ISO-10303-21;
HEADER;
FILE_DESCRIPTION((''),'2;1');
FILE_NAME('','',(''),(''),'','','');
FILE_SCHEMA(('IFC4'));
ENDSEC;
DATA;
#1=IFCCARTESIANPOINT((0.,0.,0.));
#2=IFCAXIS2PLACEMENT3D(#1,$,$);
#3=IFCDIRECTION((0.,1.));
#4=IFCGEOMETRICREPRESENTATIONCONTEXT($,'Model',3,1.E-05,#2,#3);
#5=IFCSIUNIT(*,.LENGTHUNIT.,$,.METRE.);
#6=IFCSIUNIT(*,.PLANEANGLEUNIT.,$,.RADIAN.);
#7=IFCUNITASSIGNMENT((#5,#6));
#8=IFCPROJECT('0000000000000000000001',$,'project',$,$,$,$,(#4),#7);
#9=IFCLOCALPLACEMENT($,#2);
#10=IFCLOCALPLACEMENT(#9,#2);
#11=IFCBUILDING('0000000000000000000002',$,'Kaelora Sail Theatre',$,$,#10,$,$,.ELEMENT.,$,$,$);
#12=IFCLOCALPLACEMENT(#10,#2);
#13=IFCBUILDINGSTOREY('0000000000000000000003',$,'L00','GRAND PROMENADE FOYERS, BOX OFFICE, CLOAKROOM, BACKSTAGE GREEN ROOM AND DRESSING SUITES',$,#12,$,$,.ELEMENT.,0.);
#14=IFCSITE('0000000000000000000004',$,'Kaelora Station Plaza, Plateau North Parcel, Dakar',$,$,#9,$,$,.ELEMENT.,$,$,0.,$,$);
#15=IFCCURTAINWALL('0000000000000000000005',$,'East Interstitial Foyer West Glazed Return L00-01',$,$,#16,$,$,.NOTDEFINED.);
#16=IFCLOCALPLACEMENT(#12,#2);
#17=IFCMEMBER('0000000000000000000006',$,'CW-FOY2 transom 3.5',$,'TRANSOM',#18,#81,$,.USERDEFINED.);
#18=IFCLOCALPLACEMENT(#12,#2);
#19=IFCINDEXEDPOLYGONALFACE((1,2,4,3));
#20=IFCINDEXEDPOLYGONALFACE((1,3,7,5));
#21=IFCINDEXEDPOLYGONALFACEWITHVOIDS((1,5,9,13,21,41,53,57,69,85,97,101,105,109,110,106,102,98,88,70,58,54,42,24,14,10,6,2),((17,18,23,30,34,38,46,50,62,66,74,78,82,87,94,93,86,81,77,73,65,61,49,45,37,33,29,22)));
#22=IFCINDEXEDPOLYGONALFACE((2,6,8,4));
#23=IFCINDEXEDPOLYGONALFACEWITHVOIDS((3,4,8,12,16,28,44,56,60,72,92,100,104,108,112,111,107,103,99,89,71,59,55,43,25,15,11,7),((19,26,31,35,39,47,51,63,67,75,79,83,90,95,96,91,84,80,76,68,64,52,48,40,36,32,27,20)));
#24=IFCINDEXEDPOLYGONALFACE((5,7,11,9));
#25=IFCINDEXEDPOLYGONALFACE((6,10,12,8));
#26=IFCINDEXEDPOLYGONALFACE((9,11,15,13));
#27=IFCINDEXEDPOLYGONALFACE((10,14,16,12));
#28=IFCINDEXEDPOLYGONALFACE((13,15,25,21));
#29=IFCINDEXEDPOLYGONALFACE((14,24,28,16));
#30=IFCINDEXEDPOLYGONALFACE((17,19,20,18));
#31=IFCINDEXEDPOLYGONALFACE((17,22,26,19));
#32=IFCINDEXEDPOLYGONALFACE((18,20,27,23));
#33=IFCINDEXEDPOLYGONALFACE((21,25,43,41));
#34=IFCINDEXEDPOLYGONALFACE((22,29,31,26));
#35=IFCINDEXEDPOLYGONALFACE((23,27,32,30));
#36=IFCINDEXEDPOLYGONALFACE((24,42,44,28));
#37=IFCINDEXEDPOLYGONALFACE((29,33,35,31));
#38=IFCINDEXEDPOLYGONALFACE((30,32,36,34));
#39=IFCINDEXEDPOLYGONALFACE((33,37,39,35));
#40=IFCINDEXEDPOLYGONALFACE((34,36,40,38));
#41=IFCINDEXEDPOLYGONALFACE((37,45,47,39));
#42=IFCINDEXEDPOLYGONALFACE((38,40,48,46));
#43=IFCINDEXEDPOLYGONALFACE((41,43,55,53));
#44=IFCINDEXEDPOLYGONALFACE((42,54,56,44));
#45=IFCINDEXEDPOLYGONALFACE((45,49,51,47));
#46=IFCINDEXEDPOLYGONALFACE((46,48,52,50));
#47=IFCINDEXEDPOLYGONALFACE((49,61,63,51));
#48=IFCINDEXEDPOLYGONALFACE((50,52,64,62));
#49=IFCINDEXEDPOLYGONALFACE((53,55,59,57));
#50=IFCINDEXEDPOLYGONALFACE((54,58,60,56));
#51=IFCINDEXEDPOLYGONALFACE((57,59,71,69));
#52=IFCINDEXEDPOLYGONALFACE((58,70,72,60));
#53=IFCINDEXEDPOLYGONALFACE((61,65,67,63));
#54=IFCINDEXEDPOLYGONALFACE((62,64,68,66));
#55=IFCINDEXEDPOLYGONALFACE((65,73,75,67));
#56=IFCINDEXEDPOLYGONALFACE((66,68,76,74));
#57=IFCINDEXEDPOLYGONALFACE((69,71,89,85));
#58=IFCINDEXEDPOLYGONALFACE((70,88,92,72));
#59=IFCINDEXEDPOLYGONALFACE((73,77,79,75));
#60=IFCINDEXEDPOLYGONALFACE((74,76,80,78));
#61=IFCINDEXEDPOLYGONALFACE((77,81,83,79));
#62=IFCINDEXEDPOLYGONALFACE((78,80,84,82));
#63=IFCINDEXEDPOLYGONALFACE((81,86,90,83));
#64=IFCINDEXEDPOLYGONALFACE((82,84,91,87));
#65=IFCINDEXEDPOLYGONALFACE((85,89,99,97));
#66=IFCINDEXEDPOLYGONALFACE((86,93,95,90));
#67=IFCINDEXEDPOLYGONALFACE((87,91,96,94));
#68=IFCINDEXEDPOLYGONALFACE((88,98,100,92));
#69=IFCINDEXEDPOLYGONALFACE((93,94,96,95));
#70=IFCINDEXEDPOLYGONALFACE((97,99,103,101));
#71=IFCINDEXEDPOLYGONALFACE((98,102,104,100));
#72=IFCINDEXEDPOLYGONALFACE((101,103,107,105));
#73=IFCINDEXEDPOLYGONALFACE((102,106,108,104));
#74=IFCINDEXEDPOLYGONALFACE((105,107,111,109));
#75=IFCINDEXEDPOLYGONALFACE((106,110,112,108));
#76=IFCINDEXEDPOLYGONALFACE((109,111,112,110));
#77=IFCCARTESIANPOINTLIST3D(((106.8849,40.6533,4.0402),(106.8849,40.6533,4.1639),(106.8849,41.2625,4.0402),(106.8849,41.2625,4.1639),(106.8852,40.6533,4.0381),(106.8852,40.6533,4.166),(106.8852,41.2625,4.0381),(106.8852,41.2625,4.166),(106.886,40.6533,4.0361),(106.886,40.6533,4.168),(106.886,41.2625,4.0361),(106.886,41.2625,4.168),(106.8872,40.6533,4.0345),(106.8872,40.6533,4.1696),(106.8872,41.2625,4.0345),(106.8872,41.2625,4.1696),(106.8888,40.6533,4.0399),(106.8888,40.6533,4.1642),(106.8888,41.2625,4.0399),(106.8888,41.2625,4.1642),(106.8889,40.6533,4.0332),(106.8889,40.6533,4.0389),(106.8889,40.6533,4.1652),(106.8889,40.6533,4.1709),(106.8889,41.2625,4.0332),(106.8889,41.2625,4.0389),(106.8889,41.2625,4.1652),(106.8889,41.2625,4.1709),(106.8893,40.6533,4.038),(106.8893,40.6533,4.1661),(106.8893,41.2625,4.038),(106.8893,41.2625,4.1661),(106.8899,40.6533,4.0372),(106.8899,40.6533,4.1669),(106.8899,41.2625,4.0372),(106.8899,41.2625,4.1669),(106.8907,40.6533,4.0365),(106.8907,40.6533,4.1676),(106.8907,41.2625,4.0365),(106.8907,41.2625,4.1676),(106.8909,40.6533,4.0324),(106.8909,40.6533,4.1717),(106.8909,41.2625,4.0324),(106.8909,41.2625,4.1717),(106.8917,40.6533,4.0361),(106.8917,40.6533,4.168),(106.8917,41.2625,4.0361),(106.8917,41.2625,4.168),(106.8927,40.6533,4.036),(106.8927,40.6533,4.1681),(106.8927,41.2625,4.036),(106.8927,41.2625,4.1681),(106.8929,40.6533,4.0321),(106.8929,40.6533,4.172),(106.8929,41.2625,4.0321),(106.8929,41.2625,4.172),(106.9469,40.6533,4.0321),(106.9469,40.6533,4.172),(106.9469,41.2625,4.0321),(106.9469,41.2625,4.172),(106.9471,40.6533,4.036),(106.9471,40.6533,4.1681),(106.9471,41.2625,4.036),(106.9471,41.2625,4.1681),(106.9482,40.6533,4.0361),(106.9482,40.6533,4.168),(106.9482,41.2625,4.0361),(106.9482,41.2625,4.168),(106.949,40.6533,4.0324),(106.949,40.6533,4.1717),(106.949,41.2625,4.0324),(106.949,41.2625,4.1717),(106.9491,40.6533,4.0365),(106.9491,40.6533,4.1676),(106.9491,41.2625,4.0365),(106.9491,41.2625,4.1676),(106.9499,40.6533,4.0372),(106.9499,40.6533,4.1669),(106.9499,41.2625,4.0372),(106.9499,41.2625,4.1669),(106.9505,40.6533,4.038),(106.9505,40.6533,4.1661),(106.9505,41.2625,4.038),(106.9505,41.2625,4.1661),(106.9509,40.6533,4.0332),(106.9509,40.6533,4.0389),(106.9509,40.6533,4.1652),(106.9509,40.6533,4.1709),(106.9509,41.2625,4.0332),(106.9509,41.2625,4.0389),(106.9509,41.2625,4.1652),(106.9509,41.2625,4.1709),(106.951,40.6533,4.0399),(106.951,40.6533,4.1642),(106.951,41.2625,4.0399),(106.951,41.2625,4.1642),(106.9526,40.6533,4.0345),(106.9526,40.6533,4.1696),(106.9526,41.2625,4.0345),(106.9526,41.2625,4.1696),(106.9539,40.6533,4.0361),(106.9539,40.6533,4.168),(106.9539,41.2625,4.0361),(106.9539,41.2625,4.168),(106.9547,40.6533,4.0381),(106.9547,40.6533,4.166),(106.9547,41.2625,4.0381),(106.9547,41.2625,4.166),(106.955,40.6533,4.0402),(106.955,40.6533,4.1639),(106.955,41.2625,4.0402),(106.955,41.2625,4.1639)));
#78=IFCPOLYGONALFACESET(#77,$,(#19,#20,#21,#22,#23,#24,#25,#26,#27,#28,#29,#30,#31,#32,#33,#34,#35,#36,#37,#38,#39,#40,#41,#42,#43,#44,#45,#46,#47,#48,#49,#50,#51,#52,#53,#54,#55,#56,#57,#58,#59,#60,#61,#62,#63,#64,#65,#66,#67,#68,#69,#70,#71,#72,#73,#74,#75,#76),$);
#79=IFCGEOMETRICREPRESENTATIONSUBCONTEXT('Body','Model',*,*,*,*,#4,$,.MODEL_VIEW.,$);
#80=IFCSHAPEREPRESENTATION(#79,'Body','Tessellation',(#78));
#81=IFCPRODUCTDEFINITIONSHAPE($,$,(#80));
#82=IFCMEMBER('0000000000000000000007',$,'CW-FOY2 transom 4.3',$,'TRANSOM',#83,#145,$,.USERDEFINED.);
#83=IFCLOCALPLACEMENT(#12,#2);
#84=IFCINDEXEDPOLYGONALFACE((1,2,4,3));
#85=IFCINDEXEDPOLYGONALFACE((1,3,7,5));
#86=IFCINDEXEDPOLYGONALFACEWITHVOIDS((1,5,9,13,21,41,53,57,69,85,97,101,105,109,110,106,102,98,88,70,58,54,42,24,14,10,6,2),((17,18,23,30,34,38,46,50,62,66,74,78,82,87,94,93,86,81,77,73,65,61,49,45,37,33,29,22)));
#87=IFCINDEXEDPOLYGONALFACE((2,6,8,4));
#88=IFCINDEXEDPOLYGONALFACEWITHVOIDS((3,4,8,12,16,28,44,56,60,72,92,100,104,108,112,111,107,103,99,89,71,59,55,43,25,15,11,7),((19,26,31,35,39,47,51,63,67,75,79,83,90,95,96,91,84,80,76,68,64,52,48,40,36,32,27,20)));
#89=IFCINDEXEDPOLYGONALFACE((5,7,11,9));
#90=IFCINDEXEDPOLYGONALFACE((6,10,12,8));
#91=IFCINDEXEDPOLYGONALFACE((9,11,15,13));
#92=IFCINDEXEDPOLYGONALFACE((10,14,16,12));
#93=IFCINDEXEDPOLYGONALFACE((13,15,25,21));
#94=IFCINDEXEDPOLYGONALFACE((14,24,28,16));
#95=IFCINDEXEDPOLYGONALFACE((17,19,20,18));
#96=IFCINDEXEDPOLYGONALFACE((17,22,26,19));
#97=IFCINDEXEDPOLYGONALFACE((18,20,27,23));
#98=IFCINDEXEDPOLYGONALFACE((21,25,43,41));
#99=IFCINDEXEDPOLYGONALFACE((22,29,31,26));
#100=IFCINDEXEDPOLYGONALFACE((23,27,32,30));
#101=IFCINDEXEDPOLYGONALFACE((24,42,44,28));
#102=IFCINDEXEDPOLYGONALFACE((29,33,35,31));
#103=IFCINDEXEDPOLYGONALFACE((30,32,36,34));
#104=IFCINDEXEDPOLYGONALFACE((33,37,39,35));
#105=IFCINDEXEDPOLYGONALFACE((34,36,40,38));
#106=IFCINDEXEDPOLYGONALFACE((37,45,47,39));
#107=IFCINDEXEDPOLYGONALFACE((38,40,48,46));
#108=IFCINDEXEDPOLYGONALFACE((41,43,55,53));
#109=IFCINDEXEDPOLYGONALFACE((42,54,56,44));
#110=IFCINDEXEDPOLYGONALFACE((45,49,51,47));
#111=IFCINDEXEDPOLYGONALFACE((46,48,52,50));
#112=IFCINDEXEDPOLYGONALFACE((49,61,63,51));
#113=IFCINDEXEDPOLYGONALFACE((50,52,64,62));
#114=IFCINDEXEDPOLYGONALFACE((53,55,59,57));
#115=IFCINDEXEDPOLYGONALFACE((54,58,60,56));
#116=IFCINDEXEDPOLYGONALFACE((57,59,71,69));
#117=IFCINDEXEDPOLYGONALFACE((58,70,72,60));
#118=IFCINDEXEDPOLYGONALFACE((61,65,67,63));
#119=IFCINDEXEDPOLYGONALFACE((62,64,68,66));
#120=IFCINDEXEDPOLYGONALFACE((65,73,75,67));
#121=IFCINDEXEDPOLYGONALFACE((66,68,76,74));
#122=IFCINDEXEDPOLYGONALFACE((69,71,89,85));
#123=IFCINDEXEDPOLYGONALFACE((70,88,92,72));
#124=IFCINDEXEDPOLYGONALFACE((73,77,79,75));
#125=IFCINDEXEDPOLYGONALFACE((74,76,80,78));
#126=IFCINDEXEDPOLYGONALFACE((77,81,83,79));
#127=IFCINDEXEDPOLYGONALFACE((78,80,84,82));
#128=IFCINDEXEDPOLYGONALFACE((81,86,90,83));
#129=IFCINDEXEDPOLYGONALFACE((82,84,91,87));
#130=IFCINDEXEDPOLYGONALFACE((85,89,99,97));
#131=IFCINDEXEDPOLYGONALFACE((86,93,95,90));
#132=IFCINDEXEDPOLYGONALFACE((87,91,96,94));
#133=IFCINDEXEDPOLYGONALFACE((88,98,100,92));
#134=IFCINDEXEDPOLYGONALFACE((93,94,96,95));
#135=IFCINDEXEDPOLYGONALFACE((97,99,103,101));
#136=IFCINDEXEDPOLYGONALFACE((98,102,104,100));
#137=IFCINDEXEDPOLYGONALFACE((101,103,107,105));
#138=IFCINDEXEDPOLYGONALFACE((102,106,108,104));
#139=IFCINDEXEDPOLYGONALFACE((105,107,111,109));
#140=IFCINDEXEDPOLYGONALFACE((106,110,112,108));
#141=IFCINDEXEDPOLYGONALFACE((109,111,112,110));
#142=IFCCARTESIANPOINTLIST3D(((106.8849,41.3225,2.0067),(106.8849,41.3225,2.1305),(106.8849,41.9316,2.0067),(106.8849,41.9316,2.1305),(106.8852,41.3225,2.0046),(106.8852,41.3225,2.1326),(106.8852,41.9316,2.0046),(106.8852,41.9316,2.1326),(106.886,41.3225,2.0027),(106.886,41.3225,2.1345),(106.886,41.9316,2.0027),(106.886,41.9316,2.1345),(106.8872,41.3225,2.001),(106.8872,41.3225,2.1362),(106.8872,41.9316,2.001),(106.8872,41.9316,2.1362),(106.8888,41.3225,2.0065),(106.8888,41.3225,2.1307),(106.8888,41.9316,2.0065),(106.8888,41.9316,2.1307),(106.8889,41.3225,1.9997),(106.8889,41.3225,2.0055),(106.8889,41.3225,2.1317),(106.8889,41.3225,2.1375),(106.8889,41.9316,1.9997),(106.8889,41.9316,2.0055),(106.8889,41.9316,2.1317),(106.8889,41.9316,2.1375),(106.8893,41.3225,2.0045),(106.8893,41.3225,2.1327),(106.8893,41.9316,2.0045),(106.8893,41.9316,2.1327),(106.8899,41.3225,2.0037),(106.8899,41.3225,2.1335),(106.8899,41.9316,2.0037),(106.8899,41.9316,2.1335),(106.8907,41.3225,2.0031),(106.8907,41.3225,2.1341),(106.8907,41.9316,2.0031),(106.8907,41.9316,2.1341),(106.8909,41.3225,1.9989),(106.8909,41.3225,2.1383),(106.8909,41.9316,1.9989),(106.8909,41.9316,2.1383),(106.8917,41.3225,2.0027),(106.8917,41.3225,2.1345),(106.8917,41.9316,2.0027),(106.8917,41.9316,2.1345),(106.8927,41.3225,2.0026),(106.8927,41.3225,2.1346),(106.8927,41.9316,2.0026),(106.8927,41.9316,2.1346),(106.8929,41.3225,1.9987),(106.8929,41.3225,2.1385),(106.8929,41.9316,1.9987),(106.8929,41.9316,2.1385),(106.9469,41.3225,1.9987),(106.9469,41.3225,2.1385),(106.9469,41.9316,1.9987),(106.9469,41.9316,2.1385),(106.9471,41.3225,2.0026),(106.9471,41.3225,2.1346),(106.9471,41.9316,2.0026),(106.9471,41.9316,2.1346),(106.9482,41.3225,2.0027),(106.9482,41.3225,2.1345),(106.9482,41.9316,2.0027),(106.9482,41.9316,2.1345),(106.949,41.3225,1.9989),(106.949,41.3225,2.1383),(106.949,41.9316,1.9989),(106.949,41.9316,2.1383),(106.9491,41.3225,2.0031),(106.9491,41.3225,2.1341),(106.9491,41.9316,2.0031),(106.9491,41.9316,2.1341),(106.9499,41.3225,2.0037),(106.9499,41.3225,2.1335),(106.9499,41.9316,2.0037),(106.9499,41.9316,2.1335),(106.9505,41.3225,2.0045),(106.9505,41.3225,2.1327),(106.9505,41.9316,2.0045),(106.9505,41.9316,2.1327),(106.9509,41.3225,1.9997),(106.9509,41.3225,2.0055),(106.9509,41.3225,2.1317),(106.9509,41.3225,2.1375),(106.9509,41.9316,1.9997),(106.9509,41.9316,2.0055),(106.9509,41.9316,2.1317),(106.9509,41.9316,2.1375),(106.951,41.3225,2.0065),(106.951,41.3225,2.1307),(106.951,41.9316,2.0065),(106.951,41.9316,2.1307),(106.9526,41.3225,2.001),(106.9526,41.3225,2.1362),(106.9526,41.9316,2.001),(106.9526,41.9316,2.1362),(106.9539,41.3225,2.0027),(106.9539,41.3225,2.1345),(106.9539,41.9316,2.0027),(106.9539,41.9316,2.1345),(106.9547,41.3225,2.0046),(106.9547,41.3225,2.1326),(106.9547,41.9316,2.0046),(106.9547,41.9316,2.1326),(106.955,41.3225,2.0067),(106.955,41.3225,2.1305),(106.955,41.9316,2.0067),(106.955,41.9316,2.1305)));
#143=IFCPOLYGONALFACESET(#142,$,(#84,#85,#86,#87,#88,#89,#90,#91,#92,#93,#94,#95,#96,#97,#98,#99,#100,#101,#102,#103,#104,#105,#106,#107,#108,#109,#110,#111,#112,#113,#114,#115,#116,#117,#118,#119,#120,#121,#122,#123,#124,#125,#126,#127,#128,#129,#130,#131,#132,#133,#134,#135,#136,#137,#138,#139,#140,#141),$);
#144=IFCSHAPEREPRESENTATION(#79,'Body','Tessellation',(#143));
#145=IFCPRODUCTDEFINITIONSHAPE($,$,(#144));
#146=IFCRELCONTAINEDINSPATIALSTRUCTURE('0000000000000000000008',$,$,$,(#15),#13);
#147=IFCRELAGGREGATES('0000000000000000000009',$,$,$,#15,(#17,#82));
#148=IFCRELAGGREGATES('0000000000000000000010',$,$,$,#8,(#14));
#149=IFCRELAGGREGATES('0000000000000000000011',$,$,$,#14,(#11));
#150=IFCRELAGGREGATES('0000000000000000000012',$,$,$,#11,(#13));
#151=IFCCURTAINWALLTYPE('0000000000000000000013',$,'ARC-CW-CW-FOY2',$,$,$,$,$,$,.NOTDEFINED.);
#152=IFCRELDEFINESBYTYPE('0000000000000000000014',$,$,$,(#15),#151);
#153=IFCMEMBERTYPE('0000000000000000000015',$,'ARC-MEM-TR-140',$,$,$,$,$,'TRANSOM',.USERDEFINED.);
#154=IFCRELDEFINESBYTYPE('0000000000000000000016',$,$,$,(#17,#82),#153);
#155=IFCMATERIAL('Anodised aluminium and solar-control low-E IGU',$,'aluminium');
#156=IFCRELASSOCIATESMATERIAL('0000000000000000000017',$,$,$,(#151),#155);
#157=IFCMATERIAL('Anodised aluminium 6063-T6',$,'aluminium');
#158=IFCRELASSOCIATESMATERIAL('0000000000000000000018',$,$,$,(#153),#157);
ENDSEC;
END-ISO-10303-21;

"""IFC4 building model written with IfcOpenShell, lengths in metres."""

from ifc_helpers import new_model, si_unit, direction, frame, origin, origin_2d, place, context, subcontext, project, spatial, hollow_rectangle, extrude, material, material_profile, profile_set, type_object, element, aggregate, save


model = new_model("IFC4")

# Units and contexts
model_context = context("Model", 3, precision=1e-05, world=origin(), true_north=direction((0.0, 1.0)))
body_context = subcontext(model_context, "Body", "Model", "MODEL_VIEW")
ifc_project = project(units=[si_unit("LENGTHUNIT", "METRE"), si_unit("PLANEANGLEUNIT", "RADIAN")], contexts=[model_context])

# Site, building, storey
site_placement = place(None, origin())
site = spatial("IfcSite", under=ifc_project, at=site_placement, Name="Kaelora Station Plaza, Plateau North Parcel, Dakar", CompositionType="ELEMENT", RefElevation=0.0)
building_placement = place(site_placement, origin())
building = spatial("IfcBuilding", under=site, at=building_placement, Name="Kaelora Sail Theatre", CompositionType="ELEMENT")
storey_placement = place(building_placement, origin())
storey = spatial("IfcBuildingStorey", under=building, at=storey_placement, Name="L00", Description="GRAND PROMENADE FOYERS, BOX OFFICE, CLOAKROOM, BACKSTAGE GREEN ROOM AND DRESSING SUITES", CompositionType="ELEMENT", Elevation=0.0)

# Curtain wall, members
ifc_material_1 = material(Name="Anodised aluminium and solar-control low-E IGU", Category="aluminium")
curtain_wall_type = type_object("IfcCurtainWallType", Name="ARC-CW-CW-FOY2", PredefinedType="NOTDEFINED", material=ifc_material_1)
curtain_wall_placement = place(storey_placement, origin())
curtain_wall = element("IfcCurtainWall", 1, at=curtain_wall_placement, inside=storey, type_object=curtain_wall_type, Name="East Interstitial Foyer West Glazed Return L00-01", PredefinedType="NOTDEFINED")
ifc_material_2 = material(Name="Anodised aluminium 6063-T6", Category="aluminium")
ifc_material_profile = material_profile(ifc_material_2, hollow_rectangle(XDim=0.0701, YDim=0.1399, WallThickness=0.0039, InnerFilletRadius=0.0039, OuterFilletRadius=0.0081, at=origin_2d()), Name="ALU-TRAN 70x140x4")
ifc_profile_set = profile_set([ifc_material_profile], Name="Anodised aluminium 6063-T6")
member_type = type_object("IfcMemberType", Name="ARC-MEM-TR-140", ElementType="TRANSOM", PredefinedType="USERDEFINED", material=ifc_profile_set)
member_1_placement = place(storey_placement, frame((106.9199, 40.6533, 4.1021), z_axis=(0.0, 1.0, 0.0), x_axis=(-1.0, 0.0, 0.0)))
member_1 = element("IfcMember", 2, at=member_1_placement, type_object=member_type, Name="CW-FOY2 transom 3.5", ObjectType="TRANSOM", PredefinedType="USERDEFINED", context=body_context, shape_type="SweptSolid", body=[
    extrude(hollow_rectangle(XDim=0.0701, YDim=0.1399, WallThickness=0.0039, InnerFilletRadius=0.0039, OuterFilletRadius=0.0081, at=origin_2d()), origin(), (0.0, 0.0, 1.0), 0.6091),
])
member_2_placement = place(storey_placement, frame((106.9199, 41.3225, 2.0686), z_axis=(0.0, 1.0, 0.0), x_axis=(-1.0, 0.0, 0.0)))
member_2 = element("IfcMember", 3, at=member_2_placement, type_object=member_type, Name="CW-FOY2 transom 4.3", ObjectType="TRANSOM", PredefinedType="USERDEFINED", context=body_context, shape_type="SweptSolid", body=[
    extrude(hollow_rectangle(XDim=0.0701, YDim=0.1399, WallThickness=0.0039, InnerFilletRadius=0.0039, OuterFilletRadius=0.0081, at=origin_2d()), origin(), (0.0, 0.0, 1.0), 0.6091),
])
aggregate(curtain_wall, [member_1, member_2])

save(model, "model.ifc")
